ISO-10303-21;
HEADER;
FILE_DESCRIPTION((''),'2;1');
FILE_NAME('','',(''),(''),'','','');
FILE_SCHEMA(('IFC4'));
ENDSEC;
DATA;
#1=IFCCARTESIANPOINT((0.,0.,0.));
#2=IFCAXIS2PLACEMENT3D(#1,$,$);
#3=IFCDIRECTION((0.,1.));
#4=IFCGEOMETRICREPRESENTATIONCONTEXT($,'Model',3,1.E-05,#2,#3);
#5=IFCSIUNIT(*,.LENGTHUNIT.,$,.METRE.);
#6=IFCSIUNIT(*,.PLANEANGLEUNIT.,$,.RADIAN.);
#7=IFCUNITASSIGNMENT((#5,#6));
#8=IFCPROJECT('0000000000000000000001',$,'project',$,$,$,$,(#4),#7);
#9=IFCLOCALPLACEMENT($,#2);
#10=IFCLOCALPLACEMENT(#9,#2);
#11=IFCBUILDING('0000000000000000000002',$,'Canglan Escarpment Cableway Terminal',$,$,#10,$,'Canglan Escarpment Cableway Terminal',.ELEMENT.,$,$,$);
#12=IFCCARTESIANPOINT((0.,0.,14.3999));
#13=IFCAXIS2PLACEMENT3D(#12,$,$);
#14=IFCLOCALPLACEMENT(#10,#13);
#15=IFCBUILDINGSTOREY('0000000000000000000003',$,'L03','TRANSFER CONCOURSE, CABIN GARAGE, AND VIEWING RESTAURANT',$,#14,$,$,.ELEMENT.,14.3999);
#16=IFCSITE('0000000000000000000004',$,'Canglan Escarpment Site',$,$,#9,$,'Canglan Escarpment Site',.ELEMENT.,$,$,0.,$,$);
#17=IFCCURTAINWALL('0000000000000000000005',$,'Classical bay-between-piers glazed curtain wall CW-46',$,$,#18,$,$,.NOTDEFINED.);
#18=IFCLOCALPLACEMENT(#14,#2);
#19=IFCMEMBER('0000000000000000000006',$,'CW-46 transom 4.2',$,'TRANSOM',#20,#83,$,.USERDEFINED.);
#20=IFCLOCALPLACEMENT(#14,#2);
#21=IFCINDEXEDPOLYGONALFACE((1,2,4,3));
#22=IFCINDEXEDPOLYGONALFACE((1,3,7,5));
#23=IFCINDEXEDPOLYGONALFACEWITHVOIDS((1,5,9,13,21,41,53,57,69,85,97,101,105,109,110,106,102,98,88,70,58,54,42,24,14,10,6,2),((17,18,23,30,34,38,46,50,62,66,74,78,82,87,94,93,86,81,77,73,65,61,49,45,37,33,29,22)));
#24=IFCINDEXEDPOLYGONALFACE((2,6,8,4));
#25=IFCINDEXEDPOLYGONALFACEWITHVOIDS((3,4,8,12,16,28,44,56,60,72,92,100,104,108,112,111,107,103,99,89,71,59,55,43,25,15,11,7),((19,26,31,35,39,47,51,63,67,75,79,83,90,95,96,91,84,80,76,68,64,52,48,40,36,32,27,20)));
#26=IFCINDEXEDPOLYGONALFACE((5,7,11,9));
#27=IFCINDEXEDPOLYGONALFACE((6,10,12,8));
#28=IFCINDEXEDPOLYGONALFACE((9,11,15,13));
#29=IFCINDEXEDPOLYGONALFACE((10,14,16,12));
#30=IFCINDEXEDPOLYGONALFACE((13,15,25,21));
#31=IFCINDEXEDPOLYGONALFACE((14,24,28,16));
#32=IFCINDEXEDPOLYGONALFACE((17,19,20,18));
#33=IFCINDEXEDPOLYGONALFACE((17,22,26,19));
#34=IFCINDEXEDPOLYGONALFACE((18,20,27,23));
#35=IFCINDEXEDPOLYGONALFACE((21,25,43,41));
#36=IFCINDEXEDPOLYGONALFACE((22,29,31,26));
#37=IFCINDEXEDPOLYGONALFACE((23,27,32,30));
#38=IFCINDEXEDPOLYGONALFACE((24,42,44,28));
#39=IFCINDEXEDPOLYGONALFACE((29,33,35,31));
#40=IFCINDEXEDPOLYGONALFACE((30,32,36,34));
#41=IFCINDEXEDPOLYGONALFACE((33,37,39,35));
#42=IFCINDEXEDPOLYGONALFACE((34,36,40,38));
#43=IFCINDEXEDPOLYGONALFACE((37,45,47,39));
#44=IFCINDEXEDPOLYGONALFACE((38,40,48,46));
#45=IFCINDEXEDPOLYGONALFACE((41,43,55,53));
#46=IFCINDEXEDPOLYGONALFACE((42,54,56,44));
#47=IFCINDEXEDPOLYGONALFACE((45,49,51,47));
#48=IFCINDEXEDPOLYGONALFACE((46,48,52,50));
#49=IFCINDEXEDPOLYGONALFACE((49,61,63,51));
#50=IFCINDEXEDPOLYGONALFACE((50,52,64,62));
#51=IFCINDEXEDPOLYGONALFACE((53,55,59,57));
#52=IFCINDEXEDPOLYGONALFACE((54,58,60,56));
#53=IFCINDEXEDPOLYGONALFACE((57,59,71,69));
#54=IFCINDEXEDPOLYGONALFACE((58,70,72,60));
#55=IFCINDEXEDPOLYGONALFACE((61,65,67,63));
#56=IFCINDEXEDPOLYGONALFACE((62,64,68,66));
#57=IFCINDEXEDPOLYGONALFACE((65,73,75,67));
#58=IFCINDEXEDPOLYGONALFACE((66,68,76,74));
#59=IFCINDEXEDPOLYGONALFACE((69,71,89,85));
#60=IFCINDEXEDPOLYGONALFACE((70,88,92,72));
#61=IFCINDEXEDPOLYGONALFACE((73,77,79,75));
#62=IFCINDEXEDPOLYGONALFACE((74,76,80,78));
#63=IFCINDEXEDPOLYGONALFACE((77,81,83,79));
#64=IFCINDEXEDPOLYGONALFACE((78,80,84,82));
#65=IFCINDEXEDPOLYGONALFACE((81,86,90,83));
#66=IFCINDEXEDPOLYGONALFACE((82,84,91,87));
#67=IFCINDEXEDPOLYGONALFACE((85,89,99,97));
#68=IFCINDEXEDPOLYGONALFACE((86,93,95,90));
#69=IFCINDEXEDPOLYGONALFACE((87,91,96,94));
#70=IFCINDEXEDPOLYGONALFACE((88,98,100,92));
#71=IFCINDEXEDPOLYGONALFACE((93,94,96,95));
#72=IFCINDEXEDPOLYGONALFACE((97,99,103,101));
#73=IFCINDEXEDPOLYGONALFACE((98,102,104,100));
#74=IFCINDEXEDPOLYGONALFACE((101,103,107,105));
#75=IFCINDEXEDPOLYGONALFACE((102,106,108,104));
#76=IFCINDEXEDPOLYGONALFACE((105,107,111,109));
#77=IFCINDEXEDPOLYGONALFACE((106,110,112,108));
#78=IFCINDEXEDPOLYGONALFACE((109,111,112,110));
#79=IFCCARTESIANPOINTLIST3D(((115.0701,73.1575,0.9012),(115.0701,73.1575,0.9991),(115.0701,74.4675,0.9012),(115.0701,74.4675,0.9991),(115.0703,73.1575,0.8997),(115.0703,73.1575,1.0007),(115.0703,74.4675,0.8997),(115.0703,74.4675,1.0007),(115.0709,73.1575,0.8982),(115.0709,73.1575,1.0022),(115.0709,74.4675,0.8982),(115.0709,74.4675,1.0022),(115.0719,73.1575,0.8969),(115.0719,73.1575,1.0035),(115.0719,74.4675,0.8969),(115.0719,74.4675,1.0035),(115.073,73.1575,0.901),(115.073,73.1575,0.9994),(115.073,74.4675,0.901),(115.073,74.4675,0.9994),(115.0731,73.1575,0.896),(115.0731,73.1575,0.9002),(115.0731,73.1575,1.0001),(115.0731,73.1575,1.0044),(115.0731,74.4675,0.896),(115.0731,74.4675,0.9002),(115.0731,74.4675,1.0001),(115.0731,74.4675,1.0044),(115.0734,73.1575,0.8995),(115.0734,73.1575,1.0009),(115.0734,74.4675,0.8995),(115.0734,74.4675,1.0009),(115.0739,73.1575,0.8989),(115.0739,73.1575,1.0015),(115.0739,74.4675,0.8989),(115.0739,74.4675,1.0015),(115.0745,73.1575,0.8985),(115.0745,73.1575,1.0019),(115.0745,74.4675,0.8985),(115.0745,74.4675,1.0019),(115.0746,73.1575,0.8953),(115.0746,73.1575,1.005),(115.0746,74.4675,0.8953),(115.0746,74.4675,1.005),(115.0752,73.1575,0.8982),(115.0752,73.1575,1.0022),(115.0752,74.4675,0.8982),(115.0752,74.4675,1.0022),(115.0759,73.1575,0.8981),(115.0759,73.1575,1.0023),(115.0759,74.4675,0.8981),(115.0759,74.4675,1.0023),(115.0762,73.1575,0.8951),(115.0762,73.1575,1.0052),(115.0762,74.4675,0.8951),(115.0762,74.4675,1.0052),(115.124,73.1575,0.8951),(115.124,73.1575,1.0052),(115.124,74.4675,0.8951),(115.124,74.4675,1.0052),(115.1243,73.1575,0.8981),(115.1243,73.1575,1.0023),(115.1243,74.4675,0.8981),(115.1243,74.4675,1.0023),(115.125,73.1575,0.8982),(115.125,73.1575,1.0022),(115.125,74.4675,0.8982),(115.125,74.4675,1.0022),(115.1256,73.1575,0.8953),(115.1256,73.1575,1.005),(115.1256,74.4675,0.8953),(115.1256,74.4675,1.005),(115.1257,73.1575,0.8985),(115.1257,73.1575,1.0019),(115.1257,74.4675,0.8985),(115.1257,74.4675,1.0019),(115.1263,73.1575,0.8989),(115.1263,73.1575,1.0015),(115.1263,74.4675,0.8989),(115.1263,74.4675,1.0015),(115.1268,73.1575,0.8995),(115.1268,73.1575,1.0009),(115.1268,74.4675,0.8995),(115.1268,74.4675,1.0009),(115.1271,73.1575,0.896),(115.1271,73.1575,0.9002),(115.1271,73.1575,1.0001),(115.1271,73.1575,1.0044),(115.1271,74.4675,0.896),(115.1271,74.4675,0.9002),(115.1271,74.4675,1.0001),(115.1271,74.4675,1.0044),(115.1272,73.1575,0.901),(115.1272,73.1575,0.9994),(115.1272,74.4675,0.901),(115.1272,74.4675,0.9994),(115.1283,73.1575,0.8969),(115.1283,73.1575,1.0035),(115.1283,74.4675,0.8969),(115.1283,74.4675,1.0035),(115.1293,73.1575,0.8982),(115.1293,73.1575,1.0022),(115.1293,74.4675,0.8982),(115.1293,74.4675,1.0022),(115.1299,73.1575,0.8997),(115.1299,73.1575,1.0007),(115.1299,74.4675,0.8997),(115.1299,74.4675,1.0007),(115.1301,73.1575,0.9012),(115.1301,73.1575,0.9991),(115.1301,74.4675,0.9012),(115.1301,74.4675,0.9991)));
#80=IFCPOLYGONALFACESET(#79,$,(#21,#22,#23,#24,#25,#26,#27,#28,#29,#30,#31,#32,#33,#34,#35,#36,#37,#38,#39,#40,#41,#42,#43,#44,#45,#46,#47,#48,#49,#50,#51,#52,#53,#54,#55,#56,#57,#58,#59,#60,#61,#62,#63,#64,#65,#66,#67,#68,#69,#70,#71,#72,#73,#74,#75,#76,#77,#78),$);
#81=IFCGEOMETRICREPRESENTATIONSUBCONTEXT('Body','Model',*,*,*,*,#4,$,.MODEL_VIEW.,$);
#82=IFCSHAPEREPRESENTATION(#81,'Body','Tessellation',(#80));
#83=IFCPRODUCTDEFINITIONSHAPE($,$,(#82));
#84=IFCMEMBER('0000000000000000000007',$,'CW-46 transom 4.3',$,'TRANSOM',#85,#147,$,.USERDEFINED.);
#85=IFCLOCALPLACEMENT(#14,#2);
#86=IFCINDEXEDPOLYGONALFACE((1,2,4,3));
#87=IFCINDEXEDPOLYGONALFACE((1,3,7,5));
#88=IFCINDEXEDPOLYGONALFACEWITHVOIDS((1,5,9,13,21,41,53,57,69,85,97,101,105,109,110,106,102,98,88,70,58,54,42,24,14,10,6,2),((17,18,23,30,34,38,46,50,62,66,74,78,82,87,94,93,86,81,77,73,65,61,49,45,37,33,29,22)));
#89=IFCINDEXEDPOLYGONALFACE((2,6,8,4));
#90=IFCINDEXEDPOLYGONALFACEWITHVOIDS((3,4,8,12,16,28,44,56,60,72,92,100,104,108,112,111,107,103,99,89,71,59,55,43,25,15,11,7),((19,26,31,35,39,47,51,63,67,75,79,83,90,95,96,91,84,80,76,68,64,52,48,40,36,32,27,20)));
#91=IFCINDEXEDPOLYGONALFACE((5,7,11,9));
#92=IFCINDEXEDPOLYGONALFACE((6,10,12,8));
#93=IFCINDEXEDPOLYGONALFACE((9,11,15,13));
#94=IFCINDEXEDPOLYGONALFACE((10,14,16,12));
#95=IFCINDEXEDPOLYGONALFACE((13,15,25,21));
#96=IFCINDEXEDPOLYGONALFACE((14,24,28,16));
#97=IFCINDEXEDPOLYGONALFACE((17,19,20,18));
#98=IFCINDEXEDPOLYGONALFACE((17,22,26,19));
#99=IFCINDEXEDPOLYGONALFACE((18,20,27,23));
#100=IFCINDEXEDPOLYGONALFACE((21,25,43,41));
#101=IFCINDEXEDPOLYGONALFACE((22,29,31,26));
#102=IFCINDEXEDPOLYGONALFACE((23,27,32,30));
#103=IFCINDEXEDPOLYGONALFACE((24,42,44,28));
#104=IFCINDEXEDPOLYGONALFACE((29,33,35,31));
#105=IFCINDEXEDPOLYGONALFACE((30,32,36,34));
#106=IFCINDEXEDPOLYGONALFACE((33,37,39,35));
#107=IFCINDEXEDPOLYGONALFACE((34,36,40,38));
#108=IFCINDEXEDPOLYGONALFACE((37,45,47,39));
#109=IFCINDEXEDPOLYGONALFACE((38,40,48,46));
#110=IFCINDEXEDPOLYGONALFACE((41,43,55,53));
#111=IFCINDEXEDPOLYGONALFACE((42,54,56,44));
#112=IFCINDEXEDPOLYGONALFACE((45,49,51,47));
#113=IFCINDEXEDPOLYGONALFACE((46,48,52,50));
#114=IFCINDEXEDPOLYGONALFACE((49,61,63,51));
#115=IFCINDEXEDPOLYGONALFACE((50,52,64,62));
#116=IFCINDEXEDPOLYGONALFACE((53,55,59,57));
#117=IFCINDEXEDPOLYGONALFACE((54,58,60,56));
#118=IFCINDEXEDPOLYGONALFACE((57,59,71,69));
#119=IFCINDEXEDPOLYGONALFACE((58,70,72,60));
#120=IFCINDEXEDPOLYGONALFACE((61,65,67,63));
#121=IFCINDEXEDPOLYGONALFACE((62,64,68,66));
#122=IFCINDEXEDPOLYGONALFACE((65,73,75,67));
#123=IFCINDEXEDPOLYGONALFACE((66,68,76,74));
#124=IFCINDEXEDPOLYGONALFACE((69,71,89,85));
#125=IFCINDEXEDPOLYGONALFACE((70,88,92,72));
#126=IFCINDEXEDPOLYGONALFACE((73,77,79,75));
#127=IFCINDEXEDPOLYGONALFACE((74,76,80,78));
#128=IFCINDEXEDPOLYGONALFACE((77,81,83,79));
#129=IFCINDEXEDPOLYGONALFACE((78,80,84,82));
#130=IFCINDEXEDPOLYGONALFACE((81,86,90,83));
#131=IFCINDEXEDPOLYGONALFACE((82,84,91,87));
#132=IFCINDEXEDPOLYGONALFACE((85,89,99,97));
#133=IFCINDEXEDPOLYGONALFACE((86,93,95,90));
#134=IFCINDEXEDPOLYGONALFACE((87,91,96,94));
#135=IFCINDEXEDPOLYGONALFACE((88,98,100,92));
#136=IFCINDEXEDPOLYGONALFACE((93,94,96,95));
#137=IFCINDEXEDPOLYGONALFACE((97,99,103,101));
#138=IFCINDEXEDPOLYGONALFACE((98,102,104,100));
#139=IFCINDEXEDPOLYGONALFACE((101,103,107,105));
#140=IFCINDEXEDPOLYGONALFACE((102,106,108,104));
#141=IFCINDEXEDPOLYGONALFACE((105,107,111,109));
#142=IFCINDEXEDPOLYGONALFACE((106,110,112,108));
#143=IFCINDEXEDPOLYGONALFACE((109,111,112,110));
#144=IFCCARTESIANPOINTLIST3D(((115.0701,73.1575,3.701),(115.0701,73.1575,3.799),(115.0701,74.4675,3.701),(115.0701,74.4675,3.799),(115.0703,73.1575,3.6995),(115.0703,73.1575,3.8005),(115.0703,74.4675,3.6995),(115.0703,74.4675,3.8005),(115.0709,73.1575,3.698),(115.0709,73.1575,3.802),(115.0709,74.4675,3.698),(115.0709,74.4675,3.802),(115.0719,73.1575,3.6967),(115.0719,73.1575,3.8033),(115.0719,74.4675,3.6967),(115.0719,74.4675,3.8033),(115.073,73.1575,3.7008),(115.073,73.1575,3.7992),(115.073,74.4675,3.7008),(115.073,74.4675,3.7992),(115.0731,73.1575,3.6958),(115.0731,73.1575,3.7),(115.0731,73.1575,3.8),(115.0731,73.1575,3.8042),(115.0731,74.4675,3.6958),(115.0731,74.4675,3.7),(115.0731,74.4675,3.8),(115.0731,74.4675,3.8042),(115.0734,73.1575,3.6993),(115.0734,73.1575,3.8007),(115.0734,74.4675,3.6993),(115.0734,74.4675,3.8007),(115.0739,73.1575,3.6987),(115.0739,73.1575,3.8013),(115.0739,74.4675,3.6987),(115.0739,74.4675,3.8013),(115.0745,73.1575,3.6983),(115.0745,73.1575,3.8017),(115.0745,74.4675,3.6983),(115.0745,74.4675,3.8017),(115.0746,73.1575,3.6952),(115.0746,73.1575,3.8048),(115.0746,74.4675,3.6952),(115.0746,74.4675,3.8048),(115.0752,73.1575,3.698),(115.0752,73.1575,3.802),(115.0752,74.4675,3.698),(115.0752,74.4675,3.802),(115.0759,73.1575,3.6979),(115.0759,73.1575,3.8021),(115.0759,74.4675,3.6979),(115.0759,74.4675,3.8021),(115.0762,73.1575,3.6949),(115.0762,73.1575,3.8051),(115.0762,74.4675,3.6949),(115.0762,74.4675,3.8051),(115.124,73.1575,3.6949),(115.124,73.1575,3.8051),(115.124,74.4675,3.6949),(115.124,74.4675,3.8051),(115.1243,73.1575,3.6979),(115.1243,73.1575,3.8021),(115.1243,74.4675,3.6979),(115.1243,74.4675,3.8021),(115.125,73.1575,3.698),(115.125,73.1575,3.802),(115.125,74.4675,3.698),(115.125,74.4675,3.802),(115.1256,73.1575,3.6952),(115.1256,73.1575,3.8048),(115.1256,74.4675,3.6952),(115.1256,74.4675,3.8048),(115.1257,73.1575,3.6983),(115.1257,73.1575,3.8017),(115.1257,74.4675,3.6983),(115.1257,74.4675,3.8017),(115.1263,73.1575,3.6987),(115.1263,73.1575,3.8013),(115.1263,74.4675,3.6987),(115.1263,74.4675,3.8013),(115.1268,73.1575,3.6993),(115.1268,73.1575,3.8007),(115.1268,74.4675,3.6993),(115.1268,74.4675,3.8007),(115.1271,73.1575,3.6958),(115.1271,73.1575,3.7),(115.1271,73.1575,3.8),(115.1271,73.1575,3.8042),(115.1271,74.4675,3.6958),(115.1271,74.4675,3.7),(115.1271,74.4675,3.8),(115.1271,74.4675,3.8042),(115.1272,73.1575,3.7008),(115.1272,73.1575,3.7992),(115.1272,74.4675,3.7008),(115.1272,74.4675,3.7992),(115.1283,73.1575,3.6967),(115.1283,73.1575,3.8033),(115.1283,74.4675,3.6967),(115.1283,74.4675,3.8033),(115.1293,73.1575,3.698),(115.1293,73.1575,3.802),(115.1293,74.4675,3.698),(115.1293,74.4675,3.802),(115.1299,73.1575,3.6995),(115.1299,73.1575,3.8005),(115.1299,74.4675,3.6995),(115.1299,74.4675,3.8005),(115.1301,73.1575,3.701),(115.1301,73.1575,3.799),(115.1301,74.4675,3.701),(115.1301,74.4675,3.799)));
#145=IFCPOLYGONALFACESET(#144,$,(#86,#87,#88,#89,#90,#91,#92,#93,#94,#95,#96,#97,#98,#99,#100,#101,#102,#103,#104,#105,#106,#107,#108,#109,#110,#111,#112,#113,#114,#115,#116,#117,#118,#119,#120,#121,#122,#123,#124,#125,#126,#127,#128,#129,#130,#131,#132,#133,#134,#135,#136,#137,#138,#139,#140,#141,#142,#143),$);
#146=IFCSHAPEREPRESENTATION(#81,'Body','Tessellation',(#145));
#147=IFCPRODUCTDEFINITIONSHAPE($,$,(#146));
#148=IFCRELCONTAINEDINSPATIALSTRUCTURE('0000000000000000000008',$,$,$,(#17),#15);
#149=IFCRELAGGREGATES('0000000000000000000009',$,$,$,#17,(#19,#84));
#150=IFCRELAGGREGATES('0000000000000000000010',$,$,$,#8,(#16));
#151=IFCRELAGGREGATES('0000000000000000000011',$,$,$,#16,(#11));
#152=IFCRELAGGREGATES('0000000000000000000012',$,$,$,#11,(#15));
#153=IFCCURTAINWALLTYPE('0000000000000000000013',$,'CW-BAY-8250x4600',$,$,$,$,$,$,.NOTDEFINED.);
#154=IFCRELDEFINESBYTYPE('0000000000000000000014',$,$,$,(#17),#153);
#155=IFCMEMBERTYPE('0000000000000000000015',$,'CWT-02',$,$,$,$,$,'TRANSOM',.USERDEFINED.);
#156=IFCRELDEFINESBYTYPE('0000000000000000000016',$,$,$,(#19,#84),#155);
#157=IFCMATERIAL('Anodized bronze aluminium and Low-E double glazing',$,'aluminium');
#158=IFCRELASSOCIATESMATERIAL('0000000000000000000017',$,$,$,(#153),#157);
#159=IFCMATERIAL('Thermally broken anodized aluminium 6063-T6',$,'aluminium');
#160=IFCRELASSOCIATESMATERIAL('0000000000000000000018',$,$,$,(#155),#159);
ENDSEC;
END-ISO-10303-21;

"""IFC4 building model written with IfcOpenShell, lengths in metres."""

from ifc_helpers import new_model, si_unit, direction, frame, origin, origin_2d, place, context, subcontext, project, spatial, hollow_rectangle, extrude, material, material_profile, profile_set, type_object, element, aggregate, save


model = new_model("IFC4")

# Units and contexts
model_context = context("Model", 3, precision=1e-05, world=origin(), true_north=direction((0.0, 1.0)))
body_context = subcontext(model_context, "Body", "Model", "MODEL_VIEW")
ifc_project = project(units=[si_unit("LENGTHUNIT", "METRE"), si_unit("PLANEANGLEUNIT", "RADIAN")], contexts=[model_context])

# Site, building, storey
site_placement = place(None, origin())
site = spatial("IfcSite", under=ifc_project, at=site_placement, Name="Canglan Escarpment Site", LongName="Canglan Escarpment Site", CompositionType="ELEMENT", RefElevation=0.0)
building_placement = place(site_placement, origin())
building = spatial("IfcBuilding", under=site, at=building_placement, Name="Canglan Escarpment Cableway Terminal", LongName="Canglan Escarpment Cableway Terminal", CompositionType="ELEMENT")
storey_placement = place(building_placement, frame((0.0, 0.0, 14.3999)))
storey = spatial("IfcBuildingStorey", under=building, at=storey_placement, Name="L03", Description="TRANSFER CONCOURSE, CABIN GARAGE, AND VIEWING RESTAURANT", CompositionType="ELEMENT", Elevation=14.3999)

# Curtain wall, members
ifc_material_1 = material(Name="Anodized bronze aluminium and Low-E double glazing", Category="aluminium")
curtain_wall_type = type_object("IfcCurtainWallType", Name="CW-BAY-8250x4600", PredefinedType="NOTDEFINED", material=ifc_material_1)
curtain_wall_placement = place(storey_placement, origin())
curtain_wall = element("IfcCurtainWall", 1, at=curtain_wall_placement, inside=storey, type_object=curtain_wall_type, Name="Classical bay-between-piers glazed curtain wall CW-46", PredefinedType="NOTDEFINED")
ifc_material_2 = material(Name="Thermally broken anodized aluminium 6063-T6", Category="aluminium")
ifc_material_profile_1 = material_profile(ifc_material_2, hollow_rectangle(XDim=0.0601, YDim=0.1101, WallThickness=0.0029, InnerFilletRadius=0.0029, OuterFilletRadius=0.0061, at=origin_2d()), Name="ALU-TRAN 60x110x3")
ifc_profile_set_1 = profile_set([ifc_material_profile_1], Name="Thermally broken anodized aluminium 6063-T6")
member_type_1 = type_object("IfcMemberType", Name="CWT-02", ElementType="TRANSOM", PredefinedType="USERDEFINED", material=ifc_profile_set_1)
member_1_placement = place(storey_placement, frame((115.1001, 74.4675, 0.9502), z_axis=(0.0, -1.0, 0.0), x_axis=(1.0, 0.0, 0.0)))
member_1 = element("IfcMember", 2, at=member_1_placement, type_object=member_type_1, Name="CW-46 transom 4.2", ObjectType="TRANSOM", PredefinedType="USERDEFINED", context=body_context, shape_type="SweptSolid", body=[
    extrude(hollow_rectangle(XDim=0.0601, YDim=0.1101, WallThickness=0.0029, InnerFilletRadius=0.0029, OuterFilletRadius=0.0061, at=origin_2d()), origin(), (0.0, 0.0, 1.0), 1.3101),
])
member_2_placement = place(storey_placement, frame((115.1001, 74.4675, 3.75), z_axis=(0.0, -1.0, 0.0), x_axis=(1.0, 0.0, 0.0)))
member_2 = element("IfcMember", 3, at=member_2_placement, type_object=member_type_1, Name="CW-46 transom 4.3", ObjectType="TRANSOM", PredefinedType="USERDEFINED", context=body_context, shape_type="SweptSolid", body=[
    extrude(hollow_rectangle(XDim=0.0601, YDim=0.1101, WallThickness=0.0029, InnerFilletRadius=0.0029, OuterFilletRadius=0.0061, at=origin_2d()), origin(), (0.0, 0.0, 1.0), 1.3101),
])

aggregate(curtain_wall, [member_1, member_2])

save(model, "model.ifc")
